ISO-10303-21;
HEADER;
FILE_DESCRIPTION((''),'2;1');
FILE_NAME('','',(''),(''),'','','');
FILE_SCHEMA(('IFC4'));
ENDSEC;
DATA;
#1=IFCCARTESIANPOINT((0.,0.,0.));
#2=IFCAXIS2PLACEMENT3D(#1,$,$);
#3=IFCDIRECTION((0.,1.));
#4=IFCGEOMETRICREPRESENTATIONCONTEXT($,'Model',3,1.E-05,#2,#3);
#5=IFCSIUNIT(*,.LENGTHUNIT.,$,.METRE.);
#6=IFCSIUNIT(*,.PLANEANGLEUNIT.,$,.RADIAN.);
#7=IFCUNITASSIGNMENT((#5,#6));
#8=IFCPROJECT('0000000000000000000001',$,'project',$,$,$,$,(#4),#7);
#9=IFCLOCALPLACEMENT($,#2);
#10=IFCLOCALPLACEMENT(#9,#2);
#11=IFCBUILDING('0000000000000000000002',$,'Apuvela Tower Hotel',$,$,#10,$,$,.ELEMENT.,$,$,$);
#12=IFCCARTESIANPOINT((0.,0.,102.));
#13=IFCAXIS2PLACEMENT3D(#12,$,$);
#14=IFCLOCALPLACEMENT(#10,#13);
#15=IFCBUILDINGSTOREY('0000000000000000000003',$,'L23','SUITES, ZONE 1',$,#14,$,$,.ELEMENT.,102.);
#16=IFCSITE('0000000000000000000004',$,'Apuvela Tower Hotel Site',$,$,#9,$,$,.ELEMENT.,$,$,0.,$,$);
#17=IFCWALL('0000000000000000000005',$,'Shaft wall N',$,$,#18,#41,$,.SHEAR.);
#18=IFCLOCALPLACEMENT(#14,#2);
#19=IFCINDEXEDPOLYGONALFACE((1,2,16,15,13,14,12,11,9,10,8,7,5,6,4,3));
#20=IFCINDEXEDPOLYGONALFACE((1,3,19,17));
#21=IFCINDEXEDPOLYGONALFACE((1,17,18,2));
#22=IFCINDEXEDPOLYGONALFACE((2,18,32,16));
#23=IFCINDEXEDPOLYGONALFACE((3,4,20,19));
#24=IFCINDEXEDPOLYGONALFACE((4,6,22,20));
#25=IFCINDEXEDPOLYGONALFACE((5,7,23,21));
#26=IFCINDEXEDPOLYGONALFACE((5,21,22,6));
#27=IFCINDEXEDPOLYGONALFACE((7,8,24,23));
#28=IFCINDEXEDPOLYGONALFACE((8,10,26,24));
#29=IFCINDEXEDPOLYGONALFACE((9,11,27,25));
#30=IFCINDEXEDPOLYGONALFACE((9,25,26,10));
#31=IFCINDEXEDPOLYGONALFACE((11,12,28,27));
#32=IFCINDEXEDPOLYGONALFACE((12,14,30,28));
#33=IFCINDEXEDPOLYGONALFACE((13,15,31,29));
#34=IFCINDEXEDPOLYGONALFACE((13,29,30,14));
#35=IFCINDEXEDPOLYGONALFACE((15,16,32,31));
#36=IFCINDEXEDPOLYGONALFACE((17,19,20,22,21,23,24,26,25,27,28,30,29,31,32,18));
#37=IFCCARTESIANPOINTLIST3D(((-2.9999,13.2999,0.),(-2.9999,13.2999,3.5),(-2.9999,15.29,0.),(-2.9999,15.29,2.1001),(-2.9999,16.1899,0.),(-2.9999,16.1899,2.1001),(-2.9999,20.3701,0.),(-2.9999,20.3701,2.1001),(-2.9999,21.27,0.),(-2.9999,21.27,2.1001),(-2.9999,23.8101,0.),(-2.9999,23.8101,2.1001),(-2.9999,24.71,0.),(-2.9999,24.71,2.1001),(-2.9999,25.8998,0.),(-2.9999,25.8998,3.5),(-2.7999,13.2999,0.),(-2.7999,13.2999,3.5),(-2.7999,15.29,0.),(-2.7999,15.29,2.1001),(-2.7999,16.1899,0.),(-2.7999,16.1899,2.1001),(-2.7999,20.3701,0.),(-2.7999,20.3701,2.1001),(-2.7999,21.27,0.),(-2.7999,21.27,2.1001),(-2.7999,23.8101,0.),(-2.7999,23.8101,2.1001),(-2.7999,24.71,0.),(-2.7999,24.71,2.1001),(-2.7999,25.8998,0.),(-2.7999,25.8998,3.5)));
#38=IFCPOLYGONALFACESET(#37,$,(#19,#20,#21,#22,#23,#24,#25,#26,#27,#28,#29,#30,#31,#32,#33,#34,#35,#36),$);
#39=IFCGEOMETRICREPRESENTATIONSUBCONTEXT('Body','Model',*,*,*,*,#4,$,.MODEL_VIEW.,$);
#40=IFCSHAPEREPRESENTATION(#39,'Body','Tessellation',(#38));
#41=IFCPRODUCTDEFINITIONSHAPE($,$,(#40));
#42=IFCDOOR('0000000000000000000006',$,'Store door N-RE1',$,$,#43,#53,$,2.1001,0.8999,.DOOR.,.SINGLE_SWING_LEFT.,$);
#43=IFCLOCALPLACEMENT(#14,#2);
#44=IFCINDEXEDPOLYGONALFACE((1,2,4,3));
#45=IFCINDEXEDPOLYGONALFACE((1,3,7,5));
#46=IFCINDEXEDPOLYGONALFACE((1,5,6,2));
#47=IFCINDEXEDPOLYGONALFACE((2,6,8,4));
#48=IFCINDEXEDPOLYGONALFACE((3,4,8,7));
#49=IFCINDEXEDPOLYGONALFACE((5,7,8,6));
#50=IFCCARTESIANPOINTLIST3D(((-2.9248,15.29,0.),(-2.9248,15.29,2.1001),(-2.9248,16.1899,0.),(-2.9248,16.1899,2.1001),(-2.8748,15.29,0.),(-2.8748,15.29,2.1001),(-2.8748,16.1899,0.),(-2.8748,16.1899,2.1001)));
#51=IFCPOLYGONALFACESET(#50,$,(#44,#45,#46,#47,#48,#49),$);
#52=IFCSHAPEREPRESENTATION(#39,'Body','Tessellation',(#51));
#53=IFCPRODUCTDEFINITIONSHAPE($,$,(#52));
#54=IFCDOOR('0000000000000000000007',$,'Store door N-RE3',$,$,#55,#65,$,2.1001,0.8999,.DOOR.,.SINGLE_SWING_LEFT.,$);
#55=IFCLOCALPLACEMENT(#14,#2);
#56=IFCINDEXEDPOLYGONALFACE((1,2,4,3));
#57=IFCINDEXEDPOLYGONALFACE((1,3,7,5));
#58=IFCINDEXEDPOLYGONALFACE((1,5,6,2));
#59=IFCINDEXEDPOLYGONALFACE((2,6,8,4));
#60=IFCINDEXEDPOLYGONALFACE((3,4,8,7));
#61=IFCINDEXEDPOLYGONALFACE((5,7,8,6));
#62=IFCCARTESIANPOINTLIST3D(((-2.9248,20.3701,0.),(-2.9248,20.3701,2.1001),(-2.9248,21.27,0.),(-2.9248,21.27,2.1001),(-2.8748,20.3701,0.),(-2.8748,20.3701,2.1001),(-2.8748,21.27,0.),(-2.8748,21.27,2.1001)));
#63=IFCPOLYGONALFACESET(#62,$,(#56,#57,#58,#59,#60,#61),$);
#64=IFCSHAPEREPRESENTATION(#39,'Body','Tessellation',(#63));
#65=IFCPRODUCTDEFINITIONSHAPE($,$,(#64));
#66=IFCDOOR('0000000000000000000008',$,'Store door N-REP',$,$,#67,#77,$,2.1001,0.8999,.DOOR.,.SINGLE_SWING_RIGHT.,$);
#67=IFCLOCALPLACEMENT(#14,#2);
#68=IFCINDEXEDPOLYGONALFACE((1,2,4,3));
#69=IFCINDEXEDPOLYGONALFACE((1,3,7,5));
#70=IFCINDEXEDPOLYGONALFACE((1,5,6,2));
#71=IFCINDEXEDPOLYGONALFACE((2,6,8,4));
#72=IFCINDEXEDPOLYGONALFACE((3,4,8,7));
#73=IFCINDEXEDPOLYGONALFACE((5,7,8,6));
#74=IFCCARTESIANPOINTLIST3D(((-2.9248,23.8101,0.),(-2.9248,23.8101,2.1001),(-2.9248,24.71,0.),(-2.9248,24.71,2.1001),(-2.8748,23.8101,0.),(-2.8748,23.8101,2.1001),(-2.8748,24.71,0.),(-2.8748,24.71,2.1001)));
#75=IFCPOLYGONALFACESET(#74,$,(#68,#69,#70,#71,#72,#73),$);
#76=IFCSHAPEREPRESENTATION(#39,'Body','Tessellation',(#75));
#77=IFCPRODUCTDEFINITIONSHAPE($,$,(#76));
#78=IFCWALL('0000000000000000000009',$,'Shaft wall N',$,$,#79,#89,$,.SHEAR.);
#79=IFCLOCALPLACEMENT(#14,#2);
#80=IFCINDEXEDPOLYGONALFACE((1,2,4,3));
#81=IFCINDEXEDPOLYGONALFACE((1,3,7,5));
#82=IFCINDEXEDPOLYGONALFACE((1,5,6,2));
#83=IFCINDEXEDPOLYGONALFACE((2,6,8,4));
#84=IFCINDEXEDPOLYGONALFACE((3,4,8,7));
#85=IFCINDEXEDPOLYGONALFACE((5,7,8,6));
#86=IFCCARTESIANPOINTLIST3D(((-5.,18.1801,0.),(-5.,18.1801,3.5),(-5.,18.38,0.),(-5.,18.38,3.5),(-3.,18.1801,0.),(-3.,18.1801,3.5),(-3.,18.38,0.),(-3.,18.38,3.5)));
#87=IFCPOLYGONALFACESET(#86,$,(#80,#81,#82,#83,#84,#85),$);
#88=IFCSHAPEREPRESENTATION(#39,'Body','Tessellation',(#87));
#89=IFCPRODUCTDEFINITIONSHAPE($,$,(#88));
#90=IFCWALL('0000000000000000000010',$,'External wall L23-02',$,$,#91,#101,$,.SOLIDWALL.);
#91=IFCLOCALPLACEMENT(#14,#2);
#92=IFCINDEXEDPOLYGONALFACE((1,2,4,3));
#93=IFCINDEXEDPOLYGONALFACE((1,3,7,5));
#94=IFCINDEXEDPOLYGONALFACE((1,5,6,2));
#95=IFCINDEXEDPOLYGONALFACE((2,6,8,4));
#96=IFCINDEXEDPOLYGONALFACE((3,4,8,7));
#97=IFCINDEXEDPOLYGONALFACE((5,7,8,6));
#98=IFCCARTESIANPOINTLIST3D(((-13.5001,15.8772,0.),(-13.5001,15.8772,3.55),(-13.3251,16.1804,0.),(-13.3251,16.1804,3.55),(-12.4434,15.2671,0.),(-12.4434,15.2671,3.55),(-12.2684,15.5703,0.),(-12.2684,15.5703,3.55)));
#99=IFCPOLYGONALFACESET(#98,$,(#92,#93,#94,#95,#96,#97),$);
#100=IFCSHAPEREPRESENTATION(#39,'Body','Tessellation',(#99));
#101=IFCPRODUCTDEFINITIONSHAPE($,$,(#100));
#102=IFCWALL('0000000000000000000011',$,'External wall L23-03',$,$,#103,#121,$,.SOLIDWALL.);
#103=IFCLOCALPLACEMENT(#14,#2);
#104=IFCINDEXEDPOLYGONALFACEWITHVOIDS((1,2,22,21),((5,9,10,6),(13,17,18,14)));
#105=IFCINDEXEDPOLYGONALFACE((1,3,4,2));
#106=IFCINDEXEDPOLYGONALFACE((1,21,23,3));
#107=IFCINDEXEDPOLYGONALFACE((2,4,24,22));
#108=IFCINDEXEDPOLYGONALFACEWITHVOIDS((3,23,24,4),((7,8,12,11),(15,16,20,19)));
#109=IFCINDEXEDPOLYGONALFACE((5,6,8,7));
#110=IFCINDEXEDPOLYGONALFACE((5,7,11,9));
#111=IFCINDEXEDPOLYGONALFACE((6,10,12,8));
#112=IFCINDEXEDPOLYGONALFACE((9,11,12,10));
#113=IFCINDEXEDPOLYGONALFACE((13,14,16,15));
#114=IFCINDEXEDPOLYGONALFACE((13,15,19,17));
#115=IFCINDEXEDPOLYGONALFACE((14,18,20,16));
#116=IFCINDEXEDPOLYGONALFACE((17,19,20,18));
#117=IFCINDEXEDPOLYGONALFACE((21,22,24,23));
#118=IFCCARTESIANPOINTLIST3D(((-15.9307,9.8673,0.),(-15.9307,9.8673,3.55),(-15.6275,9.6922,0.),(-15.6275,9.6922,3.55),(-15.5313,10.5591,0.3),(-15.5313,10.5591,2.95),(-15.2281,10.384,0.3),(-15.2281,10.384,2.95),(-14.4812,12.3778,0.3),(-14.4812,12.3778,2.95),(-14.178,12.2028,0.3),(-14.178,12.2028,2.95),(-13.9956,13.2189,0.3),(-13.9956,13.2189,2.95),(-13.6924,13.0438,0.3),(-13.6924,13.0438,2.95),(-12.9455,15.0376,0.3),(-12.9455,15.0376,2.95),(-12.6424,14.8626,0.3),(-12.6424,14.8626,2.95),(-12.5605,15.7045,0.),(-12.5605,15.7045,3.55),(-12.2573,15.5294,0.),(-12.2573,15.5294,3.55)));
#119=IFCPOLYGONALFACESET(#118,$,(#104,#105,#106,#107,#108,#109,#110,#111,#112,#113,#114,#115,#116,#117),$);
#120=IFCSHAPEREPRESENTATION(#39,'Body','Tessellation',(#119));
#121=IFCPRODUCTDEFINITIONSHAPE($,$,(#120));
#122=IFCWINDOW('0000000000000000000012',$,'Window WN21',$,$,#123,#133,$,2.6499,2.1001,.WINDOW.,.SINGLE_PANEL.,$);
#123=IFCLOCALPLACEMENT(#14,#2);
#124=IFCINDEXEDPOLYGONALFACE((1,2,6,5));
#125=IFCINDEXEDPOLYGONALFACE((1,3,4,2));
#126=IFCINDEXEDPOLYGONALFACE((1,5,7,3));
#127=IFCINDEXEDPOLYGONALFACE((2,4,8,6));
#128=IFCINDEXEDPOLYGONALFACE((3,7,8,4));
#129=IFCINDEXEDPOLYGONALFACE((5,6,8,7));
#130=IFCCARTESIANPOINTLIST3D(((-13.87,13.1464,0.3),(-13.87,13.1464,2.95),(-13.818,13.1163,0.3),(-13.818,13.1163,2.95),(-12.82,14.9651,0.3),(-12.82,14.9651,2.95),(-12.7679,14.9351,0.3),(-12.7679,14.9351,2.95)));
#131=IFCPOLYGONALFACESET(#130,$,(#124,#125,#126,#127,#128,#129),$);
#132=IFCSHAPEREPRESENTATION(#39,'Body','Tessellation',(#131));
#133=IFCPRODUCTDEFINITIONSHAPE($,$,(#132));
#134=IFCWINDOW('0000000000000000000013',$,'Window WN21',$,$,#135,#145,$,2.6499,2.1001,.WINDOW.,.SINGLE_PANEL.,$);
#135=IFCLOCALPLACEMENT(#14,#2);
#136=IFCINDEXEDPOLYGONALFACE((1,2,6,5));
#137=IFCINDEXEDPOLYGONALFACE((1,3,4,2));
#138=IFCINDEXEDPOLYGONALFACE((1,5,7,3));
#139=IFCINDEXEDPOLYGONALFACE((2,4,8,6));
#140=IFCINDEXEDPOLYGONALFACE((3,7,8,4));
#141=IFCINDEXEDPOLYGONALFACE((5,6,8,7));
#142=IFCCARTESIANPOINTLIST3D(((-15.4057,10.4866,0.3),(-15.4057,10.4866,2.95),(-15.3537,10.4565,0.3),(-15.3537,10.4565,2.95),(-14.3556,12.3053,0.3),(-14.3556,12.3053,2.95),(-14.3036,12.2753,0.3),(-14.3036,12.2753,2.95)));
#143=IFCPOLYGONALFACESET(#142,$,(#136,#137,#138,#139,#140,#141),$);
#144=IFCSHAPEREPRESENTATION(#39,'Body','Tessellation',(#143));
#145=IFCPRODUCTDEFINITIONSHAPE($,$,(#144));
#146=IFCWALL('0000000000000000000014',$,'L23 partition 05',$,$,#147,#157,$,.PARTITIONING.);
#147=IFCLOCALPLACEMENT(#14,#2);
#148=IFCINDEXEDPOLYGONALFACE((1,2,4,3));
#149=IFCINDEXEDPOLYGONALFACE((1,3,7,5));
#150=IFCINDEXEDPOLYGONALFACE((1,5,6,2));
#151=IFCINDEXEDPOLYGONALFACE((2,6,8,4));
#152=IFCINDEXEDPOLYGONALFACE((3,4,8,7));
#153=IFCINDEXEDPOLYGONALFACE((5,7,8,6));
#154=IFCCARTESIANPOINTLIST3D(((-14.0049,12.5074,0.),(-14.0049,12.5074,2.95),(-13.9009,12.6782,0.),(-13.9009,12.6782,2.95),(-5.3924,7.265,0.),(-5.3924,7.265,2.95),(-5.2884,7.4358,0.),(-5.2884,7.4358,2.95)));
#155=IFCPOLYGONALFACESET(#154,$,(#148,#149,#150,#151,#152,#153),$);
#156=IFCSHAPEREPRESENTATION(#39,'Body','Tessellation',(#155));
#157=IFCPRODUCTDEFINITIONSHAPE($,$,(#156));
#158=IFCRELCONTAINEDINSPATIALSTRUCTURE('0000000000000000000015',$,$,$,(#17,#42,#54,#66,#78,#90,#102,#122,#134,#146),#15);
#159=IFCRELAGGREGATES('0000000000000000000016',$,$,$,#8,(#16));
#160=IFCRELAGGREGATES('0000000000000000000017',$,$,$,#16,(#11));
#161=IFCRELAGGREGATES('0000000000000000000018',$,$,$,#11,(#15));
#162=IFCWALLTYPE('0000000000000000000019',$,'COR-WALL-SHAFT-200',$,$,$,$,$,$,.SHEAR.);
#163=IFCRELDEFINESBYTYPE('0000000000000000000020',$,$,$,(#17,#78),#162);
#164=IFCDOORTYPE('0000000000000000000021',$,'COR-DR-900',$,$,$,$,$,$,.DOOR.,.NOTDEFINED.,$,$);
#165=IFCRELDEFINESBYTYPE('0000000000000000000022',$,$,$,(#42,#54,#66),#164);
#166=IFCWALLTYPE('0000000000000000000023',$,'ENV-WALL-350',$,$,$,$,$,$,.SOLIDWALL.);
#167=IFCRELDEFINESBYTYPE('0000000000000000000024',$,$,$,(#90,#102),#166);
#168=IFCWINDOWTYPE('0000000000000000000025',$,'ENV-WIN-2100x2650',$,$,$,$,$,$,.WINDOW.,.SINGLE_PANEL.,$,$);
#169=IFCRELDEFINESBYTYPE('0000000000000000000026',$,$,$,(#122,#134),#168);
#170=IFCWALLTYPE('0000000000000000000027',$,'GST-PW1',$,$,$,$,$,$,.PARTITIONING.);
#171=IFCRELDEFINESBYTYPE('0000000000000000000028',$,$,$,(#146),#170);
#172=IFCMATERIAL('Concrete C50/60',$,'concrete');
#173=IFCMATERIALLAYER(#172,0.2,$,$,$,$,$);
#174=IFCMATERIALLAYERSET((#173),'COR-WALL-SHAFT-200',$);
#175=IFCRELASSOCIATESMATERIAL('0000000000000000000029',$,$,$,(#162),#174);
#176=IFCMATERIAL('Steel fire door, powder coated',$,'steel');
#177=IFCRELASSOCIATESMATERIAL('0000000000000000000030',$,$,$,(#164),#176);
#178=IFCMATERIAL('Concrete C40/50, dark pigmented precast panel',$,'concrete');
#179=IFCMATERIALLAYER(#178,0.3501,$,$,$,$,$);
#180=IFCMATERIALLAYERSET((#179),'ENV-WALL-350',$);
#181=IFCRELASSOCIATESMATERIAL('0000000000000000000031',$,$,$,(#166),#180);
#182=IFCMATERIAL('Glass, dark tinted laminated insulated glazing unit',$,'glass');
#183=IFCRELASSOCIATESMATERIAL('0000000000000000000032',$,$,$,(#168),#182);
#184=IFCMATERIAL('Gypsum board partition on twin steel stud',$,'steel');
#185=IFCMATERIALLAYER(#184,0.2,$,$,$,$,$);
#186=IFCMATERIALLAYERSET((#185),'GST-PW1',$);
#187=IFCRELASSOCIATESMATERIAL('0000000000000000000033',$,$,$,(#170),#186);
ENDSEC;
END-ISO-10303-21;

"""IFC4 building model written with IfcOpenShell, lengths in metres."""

from ifc_helpers import new_model, si_unit, direction, frame, frame_2d, origin, place, context, subcontext, project, spatial, rectangle, extrude, material, layer, layer_set, type_object, element, fill, save


model = new_model("IFC4")

# Units and contexts
model_context = context("Model", 3, precision=1e-05, world=origin(), true_north=direction((0.0, 1.0)))
body_context = subcontext(model_context, "Body", "Model", "MODEL_VIEW")
ifc_project = project(units=[si_unit("LENGTHUNIT", "METRE"), si_unit("PLANEANGLEUNIT", "RADIAN")], contexts=[model_context])

# Site, building, storey
site_placement = place(None, origin())
site = spatial("IfcSite", under=ifc_project, at=site_placement, Name="Apuvela Tower Hotel Site", CompositionType="ELEMENT", RefElevation=0.0)
building_placement = place(site_placement, origin())
building = spatial("IfcBuilding", under=site, at=building_placement, Name="Apuvela Tower Hotel", CompositionType="ELEMENT")
storey_placement = place(building_placement, frame((0.0, 0.0, 102.0)))
storey = spatial("IfcBuildingStorey", under=building, at=storey_placement, Name="L23", Description="SUITES, ZONE 1", CompositionType="ELEMENT", Elevation=102.0)

# Shared definitions
ifc_material_1 = material(Name="Concrete C50/60", Category="concrete")
ifc_layer_1 = layer(ifc_material_1, 0.2)
ifc_layer_set_1 = layer_set([ifc_layer_1], Name="COR-WALL-SHAFT-200")
wall_type_1 = type_object("IfcWallType", Name="COR-WALL-SHAFT-200", PredefinedType="SHEAR", material=ifc_layer_set_1)

# Wall, openings, doors
wall_1_placement = place(storey_placement, frame((-2.8999, 13.3, 0.0), z_axis=(0.0, 0.0, 1.0), x_axis=(0.0, 1.0, 0.0)))
wall_1 = element("IfcWall", 1, at=wall_1_placement, inside=storey, type_object=wall_type_1, Name="Shaft wall N", PredefinedType="SHEAR", context=body_context, shape_type="SweptSolid", body=[
    extrude(rectangle(XDim=12.5999, YDim=0.2, at=frame_2d((6.2998, 0.0))), origin(), (0.0, 0.0, 1.0), 3.5),
])
opening_1_placement = place(wall_1_placement, frame((1.99, 0.0, 0.0)))
opening_1 = element("IfcOpeningElement", 2, at=opening_1_placement, cuts=wall_1, PredefinedType="OPENING", context=body_context, shape_type="SweptSolid", body=[
    extrude(rectangle(XDim=0.8999, YDim=2.1001, at=frame_2d((0.45, 1.05))), frame((0.0, 0.1099, 0.0), z_axis=(0.0, -1.0, 0.0), x_axis=(1.0, 0.0, 0.0)), (0.0, 0.0, 1.0), 0.22),
])
opening_2_placement = place(wall_1_placement, frame((7.0701, 0.0, 0.0)))
opening_2 = element("IfcOpeningElement", 3, at=opening_2_placement, cuts=wall_1, PredefinedType="OPENING", context=body_context, shape_type="SweptSolid", body=[
    extrude(rectangle(XDim=0.8999, YDim=2.1001, at=frame_2d((0.45, 1.05))), frame((0.0, 0.1099, 0.0), z_axis=(0.0, -1.0, 0.0), x_axis=(1.0, 0.0, 0.0)), (0.0, 0.0, 1.0), 0.22),
])
opening_3_placement = place(wall_1_placement, frame((10.51, 0.0, 0.0)))
opening_3 = element("IfcOpeningElement", 4, at=opening_3_placement, cuts=wall_1, PredefinedType="OPENING", context=body_context, shape_type="SweptSolid", body=[
    extrude(rectangle(XDim=0.8999, YDim=2.1001, at=frame_2d((0.45, 1.05))), frame((0.0, 0.1099, 0.0), z_axis=(0.0, -1.0, 0.0), x_axis=(1.0, 0.0, 0.0)), (0.0, 0.0, 1.0), 0.22),
])
ifc_material_2 = material(Name="Steel fire door, powder coated", Category="steel")
door_type_1 = type_object("IfcDoorType", Name="COR-DR-900", OperationType="NOTDEFINED", PredefinedType="DOOR", material=ifc_material_2)
door_1_placement = place(opening_1_placement, origin())
door_1 = element("IfcDoor", 5, at=door_1_placement, inside=storey, type_object=door_type_1, Name="Store door N-RE1", OperationType="SINGLE_SWING_LEFT", OverallHeight=2.1001, OverallWidth=0.8999, PredefinedType="DOOR", context=body_context, shape_type="SweptSolid", body=[
    extrude(rectangle(XDim=0.8999, YDim=2.1001, at=frame_2d((0.45, 1.05))), frame((0.0, 0.0249, 0.0), z_axis=(0.0, -1.0, 0.0), x_axis=(1.0, 0.0, 0.0)), (0.0, 0.0, 1.0), 0.05),
])
fill(opening_1, door_1)
door_2_placement = place(opening_2_placement, origin())
door_2 = element("IfcDoor", 6, at=door_2_placement, inside=storey, type_object=door_type_1, Name="Store door N-RE3", OperationType="SINGLE_SWING_LEFT", OverallHeight=2.1001, OverallWidth=0.8999, PredefinedType="DOOR", context=body_context, shape_type="SweptSolid", body=[
    extrude(rectangle(XDim=0.8999, YDim=2.1001, at=frame_2d((0.45, 1.05))), frame((0.0, 0.0249, 0.0), z_axis=(0.0, -1.0, 0.0), x_axis=(1.0, 0.0, 0.0)), (0.0, 0.0, 1.0), 0.05),
])
fill(opening_2, door_2)
door_3_placement = place(opening_3_placement, origin())
door_3 = element("IfcDoor", 7, at=door_3_placement, inside=storey, type_object=door_type_1, Name="Store door N-REP", OperationType="SINGLE_SWING_RIGHT", OverallHeight=2.1001, OverallWidth=0.8999, PredefinedType="DOOR", context=body_context, shape_type="SweptSolid", body=[
    extrude(rectangle(XDim=0.8999, YDim=2.1001, at=frame_2d((0.45, 1.05))), frame((0.0, 0.0249, 0.0), z_axis=(0.0, -1.0, 0.0), x_axis=(1.0, 0.0, 0.0)), (0.0, 0.0, 1.0), 0.05),
])
fill(opening_3, door_3)

# Walls
wall_2_placement = place(storey_placement, frame((-3.0, 18.28, 0.0), z_axis=(0.0, 0.0, 1.0), x_axis=(-1.0, 0.0, 0.0)))
element("IfcWall", 8, at=wall_2_placement, inside=storey, type_object=wall_type_1, Name="Shaft wall N", PredefinedType="SHEAR", context=body_context, shape_type="SweptSolid", body=[
    extrude(rectangle(XDim=2.0, YDim=0.2, at=frame_2d((1.0, 0.0))), origin(), (0.0, 0.0, 1.0), 3.5),
])
ifc_material_3 = material(Name="Concrete C40/50, dark pigmented precast panel", Category="concrete")
ifc_layer_2 = layer(ifc_material_3, 0.3501)
ifc_layer_set_2 = layer_set([ifc_layer_2], Name="ENV-WALL-350")
wall_type_2 = type_object("IfcWallType", Name="ENV-WALL-350", PredefinedType="SOLIDWALL", material=ifc_layer_set_2)
wall_3_placement = place(storey_placement, frame((-13.4126, 16.0288, 0.0), z_axis=(0.0, 0.0, 1.0), x_axis=(0.866006, -0.500034, 0.0)))
element("IfcWall", 9, at=wall_3_placement, inside=storey, type_object=wall_type_2, Name="External wall L23-02", PredefinedType="SOLIDWALL", context=body_context, shape_type="SweptSolid", body=[
    extrude(rectangle(XDim=1.2202, YDim=0.3501, at=frame_2d((0.6101, 0.0))), origin(), (0.0, 0.0, 1.0), 3.55),
])

# Wall, openings, windows
wall_4_placement = place(storey_placement, frame((-12.4089, 15.6169, 0.0), z_axis=(0.0, 0.0, 1.0), x_axis=(-0.500004, -0.866023, 0.0)))
wall_4 = element("IfcWall", 10, at=wall_4_placement, inside=storey, type_object=wall_type_2, Name="External wall L23-03", PredefinedType="SOLIDWALL", context=body_context, shape_type="SweptSolid", body=[
    extrude(rectangle(XDim=6.7402, YDim=0.3501, at=frame_2d((3.3701, 0.0))), origin(), (0.0, 0.0, 1.0), 3.55),
])
opening_4_placement = place(wall_4_placement, frame((0.77, 0.0, 0.3)))
opening_4 = element("IfcOpeningElement", 11, at=opening_4_placement, cuts=wall_4, PredefinedType="OPENING", context=body_context, shape_type="SweptSolid", body=[
    extrude(rectangle(XDim=2.1001, YDim=2.6499, at=frame_2d((1.05, 1.325))), frame((0.0, 0.1851, 0.0), z_axis=(0.0, -1.0, 0.0), x_axis=(1.0, 0.0, 0.0)), (0.0, 0.0, 1.0), 0.3701),
])
opening_5_placement = place(wall_4_placement, frame((3.8413, 0.0, 0.3)))
opening_5 = element("IfcOpeningElement", 12, at=opening_5_placement, cuts=wall_4, PredefinedType="OPENING", context=body_context, shape_type="SweptSolid", body=[
    extrude(rectangle(XDim=2.1001, YDim=2.6499, at=frame_2d((1.05, 1.325))), frame((0.0, 0.1851, 0.0), z_axis=(0.0, -1.0, 0.0), x_axis=(1.0, 0.0, 0.0)), (0.0, 0.0, 1.0), 0.3701),
])
ifc_material_4 = material(Name="Glass, dark tinted laminated insulated glazing unit", Category="glass")
window_type = type_object("IfcWindowType", Name="ENV-WIN-2100x2650", PartitioningType="SINGLE_PANEL", PredefinedType="WINDOW", material=ifc_material_4)
window_1_placement = place(opening_4_placement, origin())
window_1 = element("IfcWindow", 13, at=window_1_placement, inside=storey, type_object=window_type, Name="Window WN21", OverallHeight=2.6499, OverallWidth=2.1001, PartitioningType="SINGLE_PANEL", PredefinedType="WINDOW", context=body_context, shape_type="SweptSolid", body=[
    extrude(rectangle(XDim=2.1001, YDim=2.6499, at=frame_2d((1.05, 1.325))), frame((0.0, 0.03, 0.0), z_axis=(0.0, -1.0, 0.0), x_axis=(1.0, 0.0, 0.0)), (0.0, 0.0, 1.0), 0.0601),
])
fill(opening_4, window_1)
window_2_placement = place(opening_5_placement, origin())
window_2 = element("IfcWindow", 14, at=window_2_placement, inside=storey, type_object=window_type, Name="Window WN21", OverallHeight=2.6499, OverallWidth=2.1001, PartitioningType="SINGLE_PANEL", PredefinedType="WINDOW", context=body_context, shape_type="SweptSolid", body=[
    extrude(rectangle(XDim=2.1001, YDim=2.6499, at=frame_2d((1.05, 1.325))), frame((0.0, 0.03, 0.0), z_axis=(0.0, -1.0, 0.0), x_axis=(1.0, 0.0, 0.0)), (0.0, 0.0, 1.0), 0.0601),
])
fill(opening_5, window_2)

# Wall
ifc_material_5 = material(Name="Gypsum board partition on twin steel stud", Category="steel")
ifc_layer_3 = layer(ifc_material_5, 0.2)
ifc_layer_set_3 = layer_set([ifc_layer_3], Name="GST-PW1")
wall_type_3 = type_object("IfcWallType", Name="GST-PW1", PredefinedType="PARTITIONING", material=ifc_layer_set_3)
wall_5_placement = place(storey_placement, frame((-13.9529, 12.5928, 0.0), z_axis=(0.0, 0.0, 1.0), x_axis=(0.854198, -0.519948, 0.0)))
element("IfcWall", 15, at=wall_5_placement, inside=storey, type_object=wall_type_3, Name="L23 partition 05", PredefinedType="PARTITIONING", context=body_context, shape_type="SweptSolid", body=[
    extrude(rectangle(XDim=10.0825, YDim=0.2, at=frame_2d((5.0413, 0.0))), origin(), (0.0, 0.0, 1.0), 2.95),
])

save(model, "model.ifc")
